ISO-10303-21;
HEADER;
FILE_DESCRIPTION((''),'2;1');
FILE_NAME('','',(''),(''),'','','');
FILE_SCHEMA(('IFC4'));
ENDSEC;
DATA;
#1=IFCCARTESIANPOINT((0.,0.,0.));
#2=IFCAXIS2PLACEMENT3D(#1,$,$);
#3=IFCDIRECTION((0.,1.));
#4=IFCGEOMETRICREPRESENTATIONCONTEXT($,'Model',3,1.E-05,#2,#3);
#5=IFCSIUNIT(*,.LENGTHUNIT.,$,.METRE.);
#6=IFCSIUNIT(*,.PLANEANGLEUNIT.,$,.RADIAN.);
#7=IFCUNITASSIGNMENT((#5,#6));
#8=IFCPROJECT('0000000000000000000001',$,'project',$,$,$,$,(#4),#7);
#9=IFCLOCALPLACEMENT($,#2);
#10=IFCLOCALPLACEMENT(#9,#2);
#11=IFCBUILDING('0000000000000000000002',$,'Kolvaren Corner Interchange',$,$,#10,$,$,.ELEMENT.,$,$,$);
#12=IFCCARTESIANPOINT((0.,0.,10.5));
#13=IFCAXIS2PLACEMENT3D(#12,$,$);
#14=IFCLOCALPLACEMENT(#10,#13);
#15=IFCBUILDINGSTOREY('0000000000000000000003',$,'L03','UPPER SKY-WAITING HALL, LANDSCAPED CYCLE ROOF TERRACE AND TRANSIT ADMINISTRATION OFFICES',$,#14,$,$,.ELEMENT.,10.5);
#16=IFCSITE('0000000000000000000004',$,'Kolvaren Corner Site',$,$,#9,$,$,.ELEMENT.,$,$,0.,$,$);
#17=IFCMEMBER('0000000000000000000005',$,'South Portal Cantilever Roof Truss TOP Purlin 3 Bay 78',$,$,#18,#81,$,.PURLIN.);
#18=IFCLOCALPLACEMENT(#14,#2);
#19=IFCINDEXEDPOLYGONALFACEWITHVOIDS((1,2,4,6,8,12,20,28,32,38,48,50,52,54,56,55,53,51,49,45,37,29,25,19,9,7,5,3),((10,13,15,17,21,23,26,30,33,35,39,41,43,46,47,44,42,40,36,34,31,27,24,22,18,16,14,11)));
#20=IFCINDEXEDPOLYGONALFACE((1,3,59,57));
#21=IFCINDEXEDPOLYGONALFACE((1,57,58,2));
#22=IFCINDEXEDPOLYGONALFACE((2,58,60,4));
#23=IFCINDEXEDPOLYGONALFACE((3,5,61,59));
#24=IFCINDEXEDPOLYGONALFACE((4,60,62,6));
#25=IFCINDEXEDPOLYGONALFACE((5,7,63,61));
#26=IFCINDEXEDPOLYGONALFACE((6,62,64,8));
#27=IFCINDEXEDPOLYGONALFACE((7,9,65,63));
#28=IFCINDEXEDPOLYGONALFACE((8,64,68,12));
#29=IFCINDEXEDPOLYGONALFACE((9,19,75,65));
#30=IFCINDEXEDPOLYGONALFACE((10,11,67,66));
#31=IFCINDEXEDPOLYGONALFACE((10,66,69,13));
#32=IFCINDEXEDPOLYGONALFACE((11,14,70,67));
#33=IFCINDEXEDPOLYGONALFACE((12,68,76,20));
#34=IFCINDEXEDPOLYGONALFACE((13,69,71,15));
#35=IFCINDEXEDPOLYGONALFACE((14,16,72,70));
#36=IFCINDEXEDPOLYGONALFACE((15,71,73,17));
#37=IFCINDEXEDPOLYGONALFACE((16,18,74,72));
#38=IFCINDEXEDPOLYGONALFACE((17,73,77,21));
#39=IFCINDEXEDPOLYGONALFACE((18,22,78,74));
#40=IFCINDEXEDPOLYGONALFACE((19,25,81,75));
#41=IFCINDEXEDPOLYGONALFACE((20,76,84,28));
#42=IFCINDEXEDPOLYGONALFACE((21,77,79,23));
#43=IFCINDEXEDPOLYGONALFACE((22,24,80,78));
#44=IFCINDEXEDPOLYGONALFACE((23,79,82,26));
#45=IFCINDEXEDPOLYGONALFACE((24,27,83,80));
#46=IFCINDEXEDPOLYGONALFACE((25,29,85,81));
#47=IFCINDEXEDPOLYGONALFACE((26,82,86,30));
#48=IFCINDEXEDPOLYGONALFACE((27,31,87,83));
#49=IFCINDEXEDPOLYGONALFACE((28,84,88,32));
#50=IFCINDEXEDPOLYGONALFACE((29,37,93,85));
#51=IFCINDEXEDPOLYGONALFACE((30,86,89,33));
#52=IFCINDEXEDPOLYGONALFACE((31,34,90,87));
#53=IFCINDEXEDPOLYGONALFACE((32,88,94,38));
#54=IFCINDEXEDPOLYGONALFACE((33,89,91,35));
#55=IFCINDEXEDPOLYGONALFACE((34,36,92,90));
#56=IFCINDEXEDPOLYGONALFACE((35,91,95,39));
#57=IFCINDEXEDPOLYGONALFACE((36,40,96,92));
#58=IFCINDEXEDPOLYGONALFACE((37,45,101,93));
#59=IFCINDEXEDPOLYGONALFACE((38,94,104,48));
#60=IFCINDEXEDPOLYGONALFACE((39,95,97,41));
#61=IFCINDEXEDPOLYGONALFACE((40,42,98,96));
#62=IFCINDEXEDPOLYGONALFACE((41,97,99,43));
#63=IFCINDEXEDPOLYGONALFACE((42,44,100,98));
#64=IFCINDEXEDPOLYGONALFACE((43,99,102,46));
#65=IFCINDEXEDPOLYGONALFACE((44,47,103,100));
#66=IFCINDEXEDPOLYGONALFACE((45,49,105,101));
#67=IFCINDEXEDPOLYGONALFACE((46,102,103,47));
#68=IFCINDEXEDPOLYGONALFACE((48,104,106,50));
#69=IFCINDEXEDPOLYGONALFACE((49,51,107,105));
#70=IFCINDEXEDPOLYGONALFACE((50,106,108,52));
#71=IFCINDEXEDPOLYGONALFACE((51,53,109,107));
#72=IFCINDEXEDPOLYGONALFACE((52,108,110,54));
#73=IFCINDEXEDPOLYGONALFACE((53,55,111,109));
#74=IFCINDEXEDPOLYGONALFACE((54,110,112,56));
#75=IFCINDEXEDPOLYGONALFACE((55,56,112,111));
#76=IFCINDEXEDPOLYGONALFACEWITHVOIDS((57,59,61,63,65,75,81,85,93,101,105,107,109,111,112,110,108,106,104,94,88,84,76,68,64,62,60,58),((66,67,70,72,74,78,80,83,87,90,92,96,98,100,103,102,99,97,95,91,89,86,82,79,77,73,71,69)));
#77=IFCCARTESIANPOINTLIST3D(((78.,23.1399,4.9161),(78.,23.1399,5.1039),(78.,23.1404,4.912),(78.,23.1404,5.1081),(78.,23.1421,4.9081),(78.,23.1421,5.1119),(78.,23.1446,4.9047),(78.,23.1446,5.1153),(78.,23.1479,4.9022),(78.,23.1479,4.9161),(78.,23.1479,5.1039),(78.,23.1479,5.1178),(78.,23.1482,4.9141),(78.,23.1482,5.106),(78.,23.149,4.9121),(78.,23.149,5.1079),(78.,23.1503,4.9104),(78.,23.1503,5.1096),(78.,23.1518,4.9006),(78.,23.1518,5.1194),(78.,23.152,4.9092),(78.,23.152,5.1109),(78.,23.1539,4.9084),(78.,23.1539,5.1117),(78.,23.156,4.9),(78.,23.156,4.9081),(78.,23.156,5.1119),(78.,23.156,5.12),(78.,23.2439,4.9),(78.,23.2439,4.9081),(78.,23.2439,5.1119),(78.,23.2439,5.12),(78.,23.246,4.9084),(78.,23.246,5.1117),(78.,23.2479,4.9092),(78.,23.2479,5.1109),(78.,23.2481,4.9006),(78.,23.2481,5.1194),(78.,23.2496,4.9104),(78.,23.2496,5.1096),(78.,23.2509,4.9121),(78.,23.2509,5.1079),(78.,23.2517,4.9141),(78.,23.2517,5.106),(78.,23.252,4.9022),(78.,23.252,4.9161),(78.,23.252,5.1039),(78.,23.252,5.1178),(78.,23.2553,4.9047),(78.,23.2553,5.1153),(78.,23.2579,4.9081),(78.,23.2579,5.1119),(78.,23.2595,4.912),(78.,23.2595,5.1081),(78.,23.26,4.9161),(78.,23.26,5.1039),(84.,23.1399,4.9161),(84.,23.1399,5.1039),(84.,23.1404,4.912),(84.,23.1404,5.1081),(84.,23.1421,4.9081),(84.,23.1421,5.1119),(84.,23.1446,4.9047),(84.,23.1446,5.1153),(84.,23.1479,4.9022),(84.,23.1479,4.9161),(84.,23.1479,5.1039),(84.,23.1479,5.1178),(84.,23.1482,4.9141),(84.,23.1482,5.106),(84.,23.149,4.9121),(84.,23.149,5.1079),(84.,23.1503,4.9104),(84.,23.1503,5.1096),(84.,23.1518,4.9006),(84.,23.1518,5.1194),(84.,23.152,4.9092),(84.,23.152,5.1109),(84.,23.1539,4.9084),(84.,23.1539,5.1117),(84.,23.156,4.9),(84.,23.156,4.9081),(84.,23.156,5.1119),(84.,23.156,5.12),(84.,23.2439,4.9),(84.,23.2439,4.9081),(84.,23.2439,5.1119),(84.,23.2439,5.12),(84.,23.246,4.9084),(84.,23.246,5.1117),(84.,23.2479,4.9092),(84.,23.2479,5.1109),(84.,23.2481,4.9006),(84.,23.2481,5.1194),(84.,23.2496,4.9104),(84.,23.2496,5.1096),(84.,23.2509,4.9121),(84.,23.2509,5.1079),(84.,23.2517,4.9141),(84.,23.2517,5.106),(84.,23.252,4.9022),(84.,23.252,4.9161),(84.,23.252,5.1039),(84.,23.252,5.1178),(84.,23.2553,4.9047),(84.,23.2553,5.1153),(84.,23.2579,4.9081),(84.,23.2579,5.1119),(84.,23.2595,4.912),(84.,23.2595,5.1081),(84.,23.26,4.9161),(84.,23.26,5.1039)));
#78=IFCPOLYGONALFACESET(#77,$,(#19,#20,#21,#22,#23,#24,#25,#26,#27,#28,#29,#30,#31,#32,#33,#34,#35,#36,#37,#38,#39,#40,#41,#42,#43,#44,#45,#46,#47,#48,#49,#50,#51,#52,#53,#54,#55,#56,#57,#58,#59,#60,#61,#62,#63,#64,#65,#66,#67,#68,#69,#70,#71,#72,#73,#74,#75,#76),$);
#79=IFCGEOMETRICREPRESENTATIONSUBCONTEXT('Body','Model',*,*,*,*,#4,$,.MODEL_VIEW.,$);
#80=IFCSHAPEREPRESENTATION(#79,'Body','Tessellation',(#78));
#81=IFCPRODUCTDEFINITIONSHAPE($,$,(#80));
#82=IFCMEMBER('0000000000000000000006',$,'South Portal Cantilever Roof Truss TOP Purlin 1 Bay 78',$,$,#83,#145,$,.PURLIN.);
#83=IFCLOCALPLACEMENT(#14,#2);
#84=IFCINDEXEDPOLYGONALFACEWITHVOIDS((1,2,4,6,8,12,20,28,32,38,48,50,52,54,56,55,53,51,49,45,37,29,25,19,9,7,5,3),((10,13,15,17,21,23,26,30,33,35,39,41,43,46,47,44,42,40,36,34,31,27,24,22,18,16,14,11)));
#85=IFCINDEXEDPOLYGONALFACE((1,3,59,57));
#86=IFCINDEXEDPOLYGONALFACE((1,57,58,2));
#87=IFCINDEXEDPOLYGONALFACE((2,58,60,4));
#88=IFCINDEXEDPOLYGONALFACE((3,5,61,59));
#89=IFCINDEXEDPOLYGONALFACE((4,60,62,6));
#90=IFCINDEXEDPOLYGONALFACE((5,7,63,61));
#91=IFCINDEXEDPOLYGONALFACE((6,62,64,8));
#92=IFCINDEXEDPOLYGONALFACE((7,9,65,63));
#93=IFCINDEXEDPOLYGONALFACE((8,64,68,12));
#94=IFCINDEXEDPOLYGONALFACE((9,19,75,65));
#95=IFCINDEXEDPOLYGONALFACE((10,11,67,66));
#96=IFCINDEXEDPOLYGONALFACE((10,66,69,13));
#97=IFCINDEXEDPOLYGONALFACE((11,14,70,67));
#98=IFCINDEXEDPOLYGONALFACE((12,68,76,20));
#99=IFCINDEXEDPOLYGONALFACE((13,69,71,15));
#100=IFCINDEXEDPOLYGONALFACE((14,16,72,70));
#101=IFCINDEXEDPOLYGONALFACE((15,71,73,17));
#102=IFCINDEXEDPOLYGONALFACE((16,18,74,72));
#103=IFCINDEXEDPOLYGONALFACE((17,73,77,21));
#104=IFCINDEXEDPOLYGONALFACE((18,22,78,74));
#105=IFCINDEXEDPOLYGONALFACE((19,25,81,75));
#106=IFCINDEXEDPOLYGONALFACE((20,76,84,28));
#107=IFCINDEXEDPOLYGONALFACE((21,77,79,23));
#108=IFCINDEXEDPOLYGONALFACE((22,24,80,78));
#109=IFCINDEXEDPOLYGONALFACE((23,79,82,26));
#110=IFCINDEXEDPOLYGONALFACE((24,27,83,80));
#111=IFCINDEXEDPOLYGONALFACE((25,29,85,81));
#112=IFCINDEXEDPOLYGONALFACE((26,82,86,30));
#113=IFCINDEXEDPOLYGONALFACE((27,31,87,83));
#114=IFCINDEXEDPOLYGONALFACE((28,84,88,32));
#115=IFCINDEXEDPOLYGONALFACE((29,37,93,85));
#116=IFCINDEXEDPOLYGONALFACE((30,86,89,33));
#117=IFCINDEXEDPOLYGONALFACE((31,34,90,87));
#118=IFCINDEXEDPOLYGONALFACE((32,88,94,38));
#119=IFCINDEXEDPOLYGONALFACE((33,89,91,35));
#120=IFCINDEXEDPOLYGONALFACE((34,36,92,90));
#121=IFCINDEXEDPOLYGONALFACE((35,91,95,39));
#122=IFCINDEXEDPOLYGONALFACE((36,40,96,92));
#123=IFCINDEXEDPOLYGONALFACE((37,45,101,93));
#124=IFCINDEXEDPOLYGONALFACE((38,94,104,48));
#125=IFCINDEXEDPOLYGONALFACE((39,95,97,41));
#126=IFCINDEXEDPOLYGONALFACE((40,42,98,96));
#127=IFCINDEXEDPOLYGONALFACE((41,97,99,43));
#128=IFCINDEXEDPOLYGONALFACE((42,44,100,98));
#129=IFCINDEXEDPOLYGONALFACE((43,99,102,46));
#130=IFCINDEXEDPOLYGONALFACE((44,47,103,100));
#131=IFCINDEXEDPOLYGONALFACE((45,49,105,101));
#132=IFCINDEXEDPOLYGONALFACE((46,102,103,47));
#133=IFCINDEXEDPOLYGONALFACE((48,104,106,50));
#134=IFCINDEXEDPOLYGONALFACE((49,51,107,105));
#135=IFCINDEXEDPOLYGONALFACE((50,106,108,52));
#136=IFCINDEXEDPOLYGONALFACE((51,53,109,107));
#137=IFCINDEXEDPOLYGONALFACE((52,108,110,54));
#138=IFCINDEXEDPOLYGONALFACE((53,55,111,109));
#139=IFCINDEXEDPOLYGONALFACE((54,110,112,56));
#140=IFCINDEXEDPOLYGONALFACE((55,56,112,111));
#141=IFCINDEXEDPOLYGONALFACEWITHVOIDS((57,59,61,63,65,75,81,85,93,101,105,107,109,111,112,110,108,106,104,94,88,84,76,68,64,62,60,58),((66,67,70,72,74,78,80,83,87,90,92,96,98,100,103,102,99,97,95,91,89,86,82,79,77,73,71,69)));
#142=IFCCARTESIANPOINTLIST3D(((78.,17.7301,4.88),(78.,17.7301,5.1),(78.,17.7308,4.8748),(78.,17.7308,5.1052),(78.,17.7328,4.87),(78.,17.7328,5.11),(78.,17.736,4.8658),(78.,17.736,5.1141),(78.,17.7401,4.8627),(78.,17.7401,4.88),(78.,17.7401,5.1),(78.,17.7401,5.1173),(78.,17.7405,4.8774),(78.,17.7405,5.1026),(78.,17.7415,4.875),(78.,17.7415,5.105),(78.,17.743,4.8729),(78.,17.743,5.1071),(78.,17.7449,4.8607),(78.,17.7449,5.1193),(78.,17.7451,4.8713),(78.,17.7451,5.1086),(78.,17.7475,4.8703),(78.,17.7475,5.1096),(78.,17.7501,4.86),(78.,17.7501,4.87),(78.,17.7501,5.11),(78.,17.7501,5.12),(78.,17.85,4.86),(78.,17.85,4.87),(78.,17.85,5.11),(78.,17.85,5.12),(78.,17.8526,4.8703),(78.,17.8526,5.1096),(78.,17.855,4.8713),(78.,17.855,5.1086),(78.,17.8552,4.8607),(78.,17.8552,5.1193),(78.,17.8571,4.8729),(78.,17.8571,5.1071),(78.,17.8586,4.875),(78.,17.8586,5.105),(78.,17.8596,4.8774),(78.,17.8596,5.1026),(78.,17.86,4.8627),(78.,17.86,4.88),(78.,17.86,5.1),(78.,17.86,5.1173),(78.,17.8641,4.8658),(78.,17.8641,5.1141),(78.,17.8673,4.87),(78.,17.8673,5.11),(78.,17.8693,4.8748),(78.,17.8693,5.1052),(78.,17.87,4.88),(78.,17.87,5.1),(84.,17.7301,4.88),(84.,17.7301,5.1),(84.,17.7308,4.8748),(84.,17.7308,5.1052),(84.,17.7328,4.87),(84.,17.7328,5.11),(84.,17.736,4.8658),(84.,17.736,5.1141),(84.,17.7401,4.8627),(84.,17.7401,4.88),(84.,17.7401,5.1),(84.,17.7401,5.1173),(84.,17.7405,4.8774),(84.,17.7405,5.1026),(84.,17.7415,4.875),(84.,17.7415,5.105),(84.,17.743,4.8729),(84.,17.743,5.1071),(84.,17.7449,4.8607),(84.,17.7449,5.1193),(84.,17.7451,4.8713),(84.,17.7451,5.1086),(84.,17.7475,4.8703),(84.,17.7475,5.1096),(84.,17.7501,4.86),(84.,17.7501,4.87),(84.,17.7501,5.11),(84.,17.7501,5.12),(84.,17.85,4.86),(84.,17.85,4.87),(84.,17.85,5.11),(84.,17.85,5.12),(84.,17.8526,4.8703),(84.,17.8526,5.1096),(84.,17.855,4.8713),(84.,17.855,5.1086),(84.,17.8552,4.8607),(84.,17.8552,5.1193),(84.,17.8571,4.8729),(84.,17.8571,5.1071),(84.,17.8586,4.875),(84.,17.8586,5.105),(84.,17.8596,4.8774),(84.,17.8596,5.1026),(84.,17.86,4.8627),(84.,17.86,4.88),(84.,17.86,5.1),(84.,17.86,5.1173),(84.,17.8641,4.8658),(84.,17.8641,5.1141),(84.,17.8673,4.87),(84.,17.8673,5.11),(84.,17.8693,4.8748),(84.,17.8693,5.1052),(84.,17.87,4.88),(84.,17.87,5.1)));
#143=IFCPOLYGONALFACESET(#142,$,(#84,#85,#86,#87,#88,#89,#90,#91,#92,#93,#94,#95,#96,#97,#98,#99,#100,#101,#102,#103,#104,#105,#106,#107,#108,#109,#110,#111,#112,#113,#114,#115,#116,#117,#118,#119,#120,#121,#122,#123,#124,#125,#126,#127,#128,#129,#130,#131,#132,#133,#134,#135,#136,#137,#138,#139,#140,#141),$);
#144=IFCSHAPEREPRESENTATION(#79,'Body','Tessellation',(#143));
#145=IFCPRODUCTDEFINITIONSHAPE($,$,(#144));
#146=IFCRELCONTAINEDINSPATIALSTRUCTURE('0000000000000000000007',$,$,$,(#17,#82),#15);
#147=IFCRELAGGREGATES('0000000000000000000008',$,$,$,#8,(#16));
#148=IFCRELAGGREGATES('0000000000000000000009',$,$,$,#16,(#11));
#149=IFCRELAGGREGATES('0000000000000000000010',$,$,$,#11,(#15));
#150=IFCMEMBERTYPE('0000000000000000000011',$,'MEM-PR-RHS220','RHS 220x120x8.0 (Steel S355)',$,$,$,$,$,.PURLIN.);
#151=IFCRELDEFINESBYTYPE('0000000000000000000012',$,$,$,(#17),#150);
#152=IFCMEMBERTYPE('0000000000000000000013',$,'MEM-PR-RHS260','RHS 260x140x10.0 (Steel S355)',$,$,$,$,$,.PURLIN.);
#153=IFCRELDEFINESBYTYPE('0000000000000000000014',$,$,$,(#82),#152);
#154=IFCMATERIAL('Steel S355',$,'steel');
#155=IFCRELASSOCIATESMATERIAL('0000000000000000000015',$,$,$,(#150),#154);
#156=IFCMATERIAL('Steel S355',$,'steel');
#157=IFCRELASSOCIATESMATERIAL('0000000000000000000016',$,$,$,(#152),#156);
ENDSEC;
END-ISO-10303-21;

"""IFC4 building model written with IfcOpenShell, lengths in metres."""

from ifc_helpers import new_model, si_unit, direction, frame, origin, origin_2d, place, context, subcontext, project, spatial, hollow_rectangle, extrude, material, material_profile, profile_set, type_object, element, save


model = new_model("IFC4")

# Units and contexts
model_context = context("Model", 3, precision=1e-05, world=origin(), true_north=direction((0.0, 1.0)))
body_context = subcontext(model_context, "Body", "Model", "MODEL_VIEW")
ifc_project = project(units=[si_unit("LENGTHUNIT", "METRE"), si_unit("PLANEANGLEUNIT", "RADIAN")], contexts=[model_context])

# Site, building, storey
site_placement = place(None, origin())
site = spatial("IfcSite", under=ifc_project, at=site_placement, Name="Kolvaren Corner Site", CompositionType="ELEMENT", RefElevation=0.0)
building_placement = place(site_placement, origin())
building = spatial("IfcBuilding", under=site, at=building_placement, Name="Kolvaren Corner Interchange", CompositionType="ELEMENT")
storey_placement = place(building_placement, frame((0.0, 0.0, 10.5)))
storey = spatial("IfcBuildingStorey", under=building, at=storey_placement, Name="L03", Description="UPPER SKY-WAITING HALL, LANDSCAPED CYCLE ROOF TERRACE AND TRANSIT ADMINISTRATION OFFICES", CompositionType="ELEMENT", Elevation=10.5)

# Members
ifc_material_1 = material(Name="Steel S355", Category="steel")
ifc_material_profile_1 = material_profile(ifc_material_1, hollow_rectangle(XDim=0.1201, YDim=0.22, WallThickness=0.0081, InnerFilletRadius=0.0081, OuterFilletRadius=0.0161, at=origin_2d()), Name="RHS 220x120x8.0")
ifc_profile_set_1 = profile_set([ifc_material_profile_1], Name="Steel S355")
member_type_1 = type_object("IfcMemberType", Name="MEM-PR-RHS220", Description="RHS 220x120x8.0 (Steel S355)", PredefinedType="PURLIN", material=ifc_profile_set_1)
for number, where, z_axis, x_axis, name in (
    (1, (78.0, 23.2, 5.01), (1.0, 0.0, 0.0), (0.0, 1.0, 0.0), "South Portal Cantilever Roof Truss TOP Purlin 3 Bay 78"),
):
    element("IfcMember", number, at=place(storey_placement, frame(where, z_axis=z_axis, x_axis=x_axis)), inside=storey, type_object=member_type_1, Name=name, PredefinedType="PURLIN", context=body_context, shape_type="SweptSolid", body=[
        extrude(hollow_rectangle(XDim=0.1201, YDim=0.22, WallThickness=0.0081, InnerFilletRadius=0.0081, OuterFilletRadius=0.0161, at=origin_2d()), origin(), (0.0, 0.0, 1.0), 6.0),
    ])
ifc_material_2 = material(Name="Steel S355", Category="steel")
ifc_material_profile_2 = material_profile(ifc_material_2, hollow_rectangle(XDim=0.1399, YDim=0.26, WallThickness=0.01, InnerFilletRadius=0.01, OuterFilletRadius=0.02, at=origin_2d()), Name="RHS 260x140x10.0")
ifc_profile_set_2 = profile_set([ifc_material_profile_2], Name="Steel S355")
member_type_2 = type_object("IfcMemberType", Name="MEM-PR-RHS260", Description="RHS 260x140x10.0 (Steel S355)", PredefinedType="PURLIN", material=ifc_profile_set_2)
for number, where, z_axis, x_axis, name in (
    (2, (78.0, 17.8, 4.99), (1.0, 0.0, 0.0), (0.0, 1.0, 0.0), "South Portal Cantilever Roof Truss TOP Purlin 1 Bay 78"),
):
    element("IfcMember", number, at=place(storey_placement, frame(where, z_axis=z_axis, x_axis=x_axis)), inside=storey, type_object=member_type_2, Name=name, PredefinedType="PURLIN", context=body_context, shape_type="SweptSolid", body=[
        extrude(hollow_rectangle(XDim=0.1399, YDim=0.26, WallThickness=0.01, InnerFilletRadius=0.01, OuterFilletRadius=0.02, at=origin_2d()), origin(), (0.0, 0.0, 1.0), 6.0),
    ])

save(model, "model.ifc")
